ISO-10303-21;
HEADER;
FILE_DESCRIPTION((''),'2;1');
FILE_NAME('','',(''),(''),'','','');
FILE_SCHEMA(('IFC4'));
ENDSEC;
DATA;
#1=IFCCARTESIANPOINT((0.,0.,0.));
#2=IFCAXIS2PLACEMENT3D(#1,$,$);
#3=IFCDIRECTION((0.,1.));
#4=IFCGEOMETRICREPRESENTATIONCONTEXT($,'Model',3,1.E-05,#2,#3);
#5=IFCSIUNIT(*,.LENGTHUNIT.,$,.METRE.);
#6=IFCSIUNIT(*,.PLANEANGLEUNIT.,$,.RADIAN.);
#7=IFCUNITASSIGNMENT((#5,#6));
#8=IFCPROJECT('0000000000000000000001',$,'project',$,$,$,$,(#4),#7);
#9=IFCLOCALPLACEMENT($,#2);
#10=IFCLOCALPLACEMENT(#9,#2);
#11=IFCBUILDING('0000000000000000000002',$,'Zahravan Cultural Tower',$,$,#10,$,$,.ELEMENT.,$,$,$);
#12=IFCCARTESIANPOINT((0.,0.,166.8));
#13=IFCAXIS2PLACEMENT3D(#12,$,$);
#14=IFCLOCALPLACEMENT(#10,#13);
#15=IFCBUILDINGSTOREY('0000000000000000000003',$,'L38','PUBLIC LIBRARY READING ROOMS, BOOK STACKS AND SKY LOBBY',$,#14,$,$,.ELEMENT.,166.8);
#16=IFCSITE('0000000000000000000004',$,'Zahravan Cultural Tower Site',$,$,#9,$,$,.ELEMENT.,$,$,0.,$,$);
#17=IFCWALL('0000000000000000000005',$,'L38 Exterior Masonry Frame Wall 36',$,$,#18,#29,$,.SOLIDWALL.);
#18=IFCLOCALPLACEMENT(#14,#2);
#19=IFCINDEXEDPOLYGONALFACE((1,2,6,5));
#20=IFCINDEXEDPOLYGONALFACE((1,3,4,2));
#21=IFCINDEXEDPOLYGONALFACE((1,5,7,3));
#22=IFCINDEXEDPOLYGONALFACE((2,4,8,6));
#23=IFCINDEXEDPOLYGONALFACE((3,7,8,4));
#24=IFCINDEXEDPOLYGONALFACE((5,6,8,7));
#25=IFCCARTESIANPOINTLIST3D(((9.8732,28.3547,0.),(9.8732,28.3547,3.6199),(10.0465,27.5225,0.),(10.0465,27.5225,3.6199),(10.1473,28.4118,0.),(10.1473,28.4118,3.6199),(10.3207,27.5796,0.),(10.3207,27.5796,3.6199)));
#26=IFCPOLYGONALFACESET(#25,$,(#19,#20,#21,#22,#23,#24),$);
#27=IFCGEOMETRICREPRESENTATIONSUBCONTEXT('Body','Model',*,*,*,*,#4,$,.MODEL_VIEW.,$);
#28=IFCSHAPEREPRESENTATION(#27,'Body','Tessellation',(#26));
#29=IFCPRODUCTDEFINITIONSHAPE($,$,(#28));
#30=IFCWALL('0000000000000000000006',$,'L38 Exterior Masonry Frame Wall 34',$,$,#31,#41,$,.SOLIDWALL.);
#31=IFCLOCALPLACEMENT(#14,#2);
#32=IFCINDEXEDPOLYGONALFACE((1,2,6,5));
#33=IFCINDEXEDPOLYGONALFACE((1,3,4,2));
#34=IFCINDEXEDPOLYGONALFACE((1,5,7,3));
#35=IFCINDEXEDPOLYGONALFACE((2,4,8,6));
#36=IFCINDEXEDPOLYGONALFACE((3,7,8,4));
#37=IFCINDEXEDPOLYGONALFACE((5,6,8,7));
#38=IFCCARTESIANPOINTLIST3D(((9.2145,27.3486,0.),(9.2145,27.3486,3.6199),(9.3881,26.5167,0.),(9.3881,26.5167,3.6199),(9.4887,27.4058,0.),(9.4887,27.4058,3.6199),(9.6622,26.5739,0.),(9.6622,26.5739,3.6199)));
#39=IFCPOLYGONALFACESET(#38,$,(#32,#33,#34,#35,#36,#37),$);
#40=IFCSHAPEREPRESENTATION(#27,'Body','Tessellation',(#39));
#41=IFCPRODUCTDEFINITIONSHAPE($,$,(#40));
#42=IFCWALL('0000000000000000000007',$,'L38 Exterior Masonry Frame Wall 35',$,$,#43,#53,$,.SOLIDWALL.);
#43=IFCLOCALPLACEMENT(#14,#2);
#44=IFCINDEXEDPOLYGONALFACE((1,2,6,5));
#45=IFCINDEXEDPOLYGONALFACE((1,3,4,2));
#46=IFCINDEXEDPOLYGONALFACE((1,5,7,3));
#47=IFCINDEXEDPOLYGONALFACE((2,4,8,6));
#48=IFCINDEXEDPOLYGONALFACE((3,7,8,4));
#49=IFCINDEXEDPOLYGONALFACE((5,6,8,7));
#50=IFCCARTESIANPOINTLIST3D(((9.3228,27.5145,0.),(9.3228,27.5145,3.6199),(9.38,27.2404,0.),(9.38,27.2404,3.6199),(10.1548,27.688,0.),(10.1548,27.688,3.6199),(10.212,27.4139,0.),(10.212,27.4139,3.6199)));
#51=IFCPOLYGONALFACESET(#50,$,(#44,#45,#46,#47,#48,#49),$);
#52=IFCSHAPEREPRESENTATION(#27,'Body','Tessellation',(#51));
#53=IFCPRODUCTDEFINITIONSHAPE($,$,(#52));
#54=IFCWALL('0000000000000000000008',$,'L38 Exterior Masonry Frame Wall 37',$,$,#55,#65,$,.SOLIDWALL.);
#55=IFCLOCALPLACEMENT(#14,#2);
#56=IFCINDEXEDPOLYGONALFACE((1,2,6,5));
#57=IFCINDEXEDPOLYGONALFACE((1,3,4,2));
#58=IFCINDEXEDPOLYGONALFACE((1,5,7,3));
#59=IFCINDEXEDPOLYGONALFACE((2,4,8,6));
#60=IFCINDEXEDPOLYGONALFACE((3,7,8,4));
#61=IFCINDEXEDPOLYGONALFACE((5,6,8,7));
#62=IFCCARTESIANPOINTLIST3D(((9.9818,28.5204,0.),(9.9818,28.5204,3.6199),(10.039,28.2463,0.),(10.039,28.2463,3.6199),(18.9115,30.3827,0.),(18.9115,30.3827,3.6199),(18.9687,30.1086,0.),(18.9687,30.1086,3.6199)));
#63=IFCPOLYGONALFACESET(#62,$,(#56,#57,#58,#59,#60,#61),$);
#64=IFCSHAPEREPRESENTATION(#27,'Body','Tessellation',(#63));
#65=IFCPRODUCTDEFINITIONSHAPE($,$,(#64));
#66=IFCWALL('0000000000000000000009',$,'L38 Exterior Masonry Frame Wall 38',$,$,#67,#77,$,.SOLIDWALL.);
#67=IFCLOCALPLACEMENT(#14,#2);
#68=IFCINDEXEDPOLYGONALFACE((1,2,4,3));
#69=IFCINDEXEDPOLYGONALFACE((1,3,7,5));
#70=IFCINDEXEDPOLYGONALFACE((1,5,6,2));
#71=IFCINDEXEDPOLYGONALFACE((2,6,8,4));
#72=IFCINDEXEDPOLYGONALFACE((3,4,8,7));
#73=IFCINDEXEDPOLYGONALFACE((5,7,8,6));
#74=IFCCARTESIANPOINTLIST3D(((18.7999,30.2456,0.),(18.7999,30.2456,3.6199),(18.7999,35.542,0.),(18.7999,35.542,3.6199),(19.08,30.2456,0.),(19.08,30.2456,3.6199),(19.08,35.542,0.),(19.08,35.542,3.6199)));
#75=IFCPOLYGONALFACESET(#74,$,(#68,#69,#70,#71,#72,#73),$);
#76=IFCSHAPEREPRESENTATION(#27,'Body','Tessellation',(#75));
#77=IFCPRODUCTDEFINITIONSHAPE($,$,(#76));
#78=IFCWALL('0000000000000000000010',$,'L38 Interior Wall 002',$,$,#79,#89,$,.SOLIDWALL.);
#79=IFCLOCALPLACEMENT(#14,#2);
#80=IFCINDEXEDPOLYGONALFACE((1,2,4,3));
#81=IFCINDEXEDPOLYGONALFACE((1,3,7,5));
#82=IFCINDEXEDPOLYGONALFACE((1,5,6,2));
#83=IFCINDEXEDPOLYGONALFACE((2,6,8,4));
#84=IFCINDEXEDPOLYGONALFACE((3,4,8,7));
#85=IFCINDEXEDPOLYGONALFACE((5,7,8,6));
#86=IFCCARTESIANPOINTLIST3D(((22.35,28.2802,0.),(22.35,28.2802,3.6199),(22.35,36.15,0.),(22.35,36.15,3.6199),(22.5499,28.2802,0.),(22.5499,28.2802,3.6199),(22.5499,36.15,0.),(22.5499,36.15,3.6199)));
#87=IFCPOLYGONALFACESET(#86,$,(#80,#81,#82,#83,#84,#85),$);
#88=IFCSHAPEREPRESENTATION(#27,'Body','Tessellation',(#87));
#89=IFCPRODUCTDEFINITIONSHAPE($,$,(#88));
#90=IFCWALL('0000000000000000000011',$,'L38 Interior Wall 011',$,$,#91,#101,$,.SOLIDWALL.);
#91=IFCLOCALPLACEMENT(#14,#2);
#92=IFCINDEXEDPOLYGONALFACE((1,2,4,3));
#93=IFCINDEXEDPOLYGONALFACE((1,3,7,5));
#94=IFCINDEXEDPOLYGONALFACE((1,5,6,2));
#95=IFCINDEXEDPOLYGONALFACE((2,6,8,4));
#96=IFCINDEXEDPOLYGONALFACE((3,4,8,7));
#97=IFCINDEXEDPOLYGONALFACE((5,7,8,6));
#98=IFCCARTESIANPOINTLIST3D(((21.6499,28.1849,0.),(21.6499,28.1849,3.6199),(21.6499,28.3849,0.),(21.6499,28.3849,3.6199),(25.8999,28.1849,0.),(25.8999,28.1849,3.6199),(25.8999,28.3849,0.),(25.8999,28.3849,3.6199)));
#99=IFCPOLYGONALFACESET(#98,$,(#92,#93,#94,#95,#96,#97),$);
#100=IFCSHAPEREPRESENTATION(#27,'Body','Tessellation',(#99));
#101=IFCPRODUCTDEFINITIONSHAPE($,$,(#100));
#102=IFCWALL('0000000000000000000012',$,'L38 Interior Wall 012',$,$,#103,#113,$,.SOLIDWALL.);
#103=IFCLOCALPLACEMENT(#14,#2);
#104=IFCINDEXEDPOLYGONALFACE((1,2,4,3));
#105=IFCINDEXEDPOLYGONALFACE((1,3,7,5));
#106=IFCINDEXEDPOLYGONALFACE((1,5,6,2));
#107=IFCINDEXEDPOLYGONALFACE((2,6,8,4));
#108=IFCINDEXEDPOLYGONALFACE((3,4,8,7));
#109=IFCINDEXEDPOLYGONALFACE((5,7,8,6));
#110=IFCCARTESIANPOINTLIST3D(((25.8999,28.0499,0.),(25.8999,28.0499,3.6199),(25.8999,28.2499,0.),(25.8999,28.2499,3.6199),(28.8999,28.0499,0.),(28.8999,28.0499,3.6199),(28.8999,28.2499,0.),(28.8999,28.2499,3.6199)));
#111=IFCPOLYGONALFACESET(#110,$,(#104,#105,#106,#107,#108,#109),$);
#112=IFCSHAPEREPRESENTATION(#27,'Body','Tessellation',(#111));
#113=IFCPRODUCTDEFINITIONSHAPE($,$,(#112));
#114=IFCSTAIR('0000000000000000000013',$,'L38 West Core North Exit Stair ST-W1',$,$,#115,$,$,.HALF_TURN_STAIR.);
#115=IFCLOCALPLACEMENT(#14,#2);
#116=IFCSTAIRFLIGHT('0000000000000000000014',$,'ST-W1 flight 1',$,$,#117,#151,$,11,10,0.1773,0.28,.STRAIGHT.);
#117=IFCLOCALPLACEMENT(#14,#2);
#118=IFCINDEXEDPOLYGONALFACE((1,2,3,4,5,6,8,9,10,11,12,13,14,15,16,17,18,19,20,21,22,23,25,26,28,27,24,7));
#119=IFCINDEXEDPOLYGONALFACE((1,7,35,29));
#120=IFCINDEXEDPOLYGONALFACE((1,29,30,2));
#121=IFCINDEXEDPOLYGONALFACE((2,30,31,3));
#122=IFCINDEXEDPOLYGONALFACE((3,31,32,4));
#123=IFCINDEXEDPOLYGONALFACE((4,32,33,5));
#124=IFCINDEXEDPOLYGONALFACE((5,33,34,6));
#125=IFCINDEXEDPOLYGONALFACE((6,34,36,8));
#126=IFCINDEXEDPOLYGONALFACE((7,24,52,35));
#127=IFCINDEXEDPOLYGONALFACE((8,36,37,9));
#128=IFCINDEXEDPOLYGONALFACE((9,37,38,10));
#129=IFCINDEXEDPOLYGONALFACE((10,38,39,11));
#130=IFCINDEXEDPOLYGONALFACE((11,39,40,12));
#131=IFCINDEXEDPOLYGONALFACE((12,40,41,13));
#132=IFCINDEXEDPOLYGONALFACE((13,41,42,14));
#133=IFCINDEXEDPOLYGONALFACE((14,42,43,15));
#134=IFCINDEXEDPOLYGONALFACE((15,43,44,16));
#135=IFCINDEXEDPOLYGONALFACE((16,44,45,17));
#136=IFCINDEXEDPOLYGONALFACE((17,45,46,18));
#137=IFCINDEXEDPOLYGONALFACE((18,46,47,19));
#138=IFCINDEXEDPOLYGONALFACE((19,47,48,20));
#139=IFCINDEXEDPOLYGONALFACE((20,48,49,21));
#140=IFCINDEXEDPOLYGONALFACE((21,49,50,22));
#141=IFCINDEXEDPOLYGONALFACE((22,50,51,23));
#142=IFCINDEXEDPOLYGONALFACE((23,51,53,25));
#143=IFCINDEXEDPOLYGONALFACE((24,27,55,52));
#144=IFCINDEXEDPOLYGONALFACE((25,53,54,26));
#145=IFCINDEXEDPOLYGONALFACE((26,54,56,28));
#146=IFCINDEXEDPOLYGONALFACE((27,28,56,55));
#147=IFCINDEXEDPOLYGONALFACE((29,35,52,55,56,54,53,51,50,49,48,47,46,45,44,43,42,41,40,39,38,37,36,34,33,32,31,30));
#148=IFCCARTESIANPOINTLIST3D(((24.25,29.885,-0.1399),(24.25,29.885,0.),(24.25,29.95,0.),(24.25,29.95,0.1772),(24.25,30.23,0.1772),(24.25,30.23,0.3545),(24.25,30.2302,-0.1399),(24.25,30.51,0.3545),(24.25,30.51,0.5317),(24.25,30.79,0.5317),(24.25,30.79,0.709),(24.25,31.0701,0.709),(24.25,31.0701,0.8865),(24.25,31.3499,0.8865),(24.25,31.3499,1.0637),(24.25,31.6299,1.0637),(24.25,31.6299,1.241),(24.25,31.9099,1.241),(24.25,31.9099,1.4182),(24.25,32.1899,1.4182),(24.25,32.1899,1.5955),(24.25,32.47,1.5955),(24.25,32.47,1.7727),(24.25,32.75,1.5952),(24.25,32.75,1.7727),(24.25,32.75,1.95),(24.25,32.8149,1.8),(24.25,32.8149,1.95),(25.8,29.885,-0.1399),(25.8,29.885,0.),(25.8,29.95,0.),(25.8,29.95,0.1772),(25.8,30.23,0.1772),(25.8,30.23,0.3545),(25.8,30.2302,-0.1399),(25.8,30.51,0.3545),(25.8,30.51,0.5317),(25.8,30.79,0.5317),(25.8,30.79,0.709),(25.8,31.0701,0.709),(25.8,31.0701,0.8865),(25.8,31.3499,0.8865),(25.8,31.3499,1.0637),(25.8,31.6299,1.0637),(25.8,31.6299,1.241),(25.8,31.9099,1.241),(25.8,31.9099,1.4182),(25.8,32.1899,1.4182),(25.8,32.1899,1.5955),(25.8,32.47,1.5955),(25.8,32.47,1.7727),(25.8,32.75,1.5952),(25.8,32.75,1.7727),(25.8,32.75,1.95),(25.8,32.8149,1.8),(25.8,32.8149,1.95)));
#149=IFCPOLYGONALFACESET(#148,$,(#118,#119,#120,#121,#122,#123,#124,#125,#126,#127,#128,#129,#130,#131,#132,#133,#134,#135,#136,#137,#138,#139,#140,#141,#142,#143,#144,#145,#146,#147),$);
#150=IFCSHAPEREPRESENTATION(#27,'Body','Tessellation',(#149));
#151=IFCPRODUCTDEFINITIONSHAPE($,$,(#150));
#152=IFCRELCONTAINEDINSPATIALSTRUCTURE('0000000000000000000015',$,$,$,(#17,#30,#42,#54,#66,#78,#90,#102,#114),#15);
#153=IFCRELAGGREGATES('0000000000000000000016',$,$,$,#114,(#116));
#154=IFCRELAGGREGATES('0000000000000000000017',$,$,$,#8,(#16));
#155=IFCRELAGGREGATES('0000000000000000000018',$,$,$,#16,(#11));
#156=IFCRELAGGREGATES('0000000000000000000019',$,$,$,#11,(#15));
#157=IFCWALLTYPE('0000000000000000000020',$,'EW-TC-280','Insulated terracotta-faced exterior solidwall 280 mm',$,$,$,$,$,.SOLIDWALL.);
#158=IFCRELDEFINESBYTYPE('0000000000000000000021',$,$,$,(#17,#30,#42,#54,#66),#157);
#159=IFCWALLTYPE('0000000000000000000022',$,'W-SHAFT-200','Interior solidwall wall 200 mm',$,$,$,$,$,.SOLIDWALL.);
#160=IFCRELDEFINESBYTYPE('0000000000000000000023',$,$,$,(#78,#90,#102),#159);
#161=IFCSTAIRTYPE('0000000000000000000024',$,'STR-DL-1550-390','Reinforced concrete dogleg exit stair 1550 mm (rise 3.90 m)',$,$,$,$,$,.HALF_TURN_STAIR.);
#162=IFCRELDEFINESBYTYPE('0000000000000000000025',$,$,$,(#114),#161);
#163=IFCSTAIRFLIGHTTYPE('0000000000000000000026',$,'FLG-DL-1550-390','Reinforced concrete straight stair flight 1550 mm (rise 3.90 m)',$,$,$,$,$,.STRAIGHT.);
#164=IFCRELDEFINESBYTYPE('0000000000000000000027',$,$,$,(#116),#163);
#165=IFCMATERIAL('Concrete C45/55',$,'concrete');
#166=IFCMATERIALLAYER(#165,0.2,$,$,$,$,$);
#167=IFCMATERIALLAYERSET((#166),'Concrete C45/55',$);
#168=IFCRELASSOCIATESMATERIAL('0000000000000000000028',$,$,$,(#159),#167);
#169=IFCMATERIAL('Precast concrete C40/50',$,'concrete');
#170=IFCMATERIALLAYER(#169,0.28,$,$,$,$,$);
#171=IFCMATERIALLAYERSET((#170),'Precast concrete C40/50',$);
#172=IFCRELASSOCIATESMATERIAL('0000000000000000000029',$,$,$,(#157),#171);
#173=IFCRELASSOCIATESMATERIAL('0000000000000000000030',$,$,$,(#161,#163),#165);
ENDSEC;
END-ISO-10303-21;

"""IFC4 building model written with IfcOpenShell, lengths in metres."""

from ifc_helpers import new_model, si_unit, direction, frame, frame_2d, origin, place, context, subcontext, project, spatial, polyline, rectangle, outline, extrude, source, transform, mapped, material, layer, layer_set, type_object, element, aggregate, save


model = new_model("IFC4")

# Units and contexts
model_context = context("Model", 3, precision=1e-05, world=origin(), true_north=direction((0.0, 1.0)))
body_context = subcontext(model_context, "Body", "Model", "MODEL_VIEW")
ifc_project = project(units=[si_unit("LENGTHUNIT", "METRE"), si_unit("PLANEANGLEUNIT", "RADIAN")], contexts=[model_context])

# Site, building, storey
site_placement = place(None, origin())
site = spatial("IfcSite", under=ifc_project, at=site_placement, Name="Zahravan Cultural Tower Site", CompositionType="ELEMENT", RefElevation=0.0)
building_placement = place(site_placement, origin())
building = spatial("IfcBuilding", under=site, at=building_placement, Name="Zahravan Cultural Tower", CompositionType="ELEMENT")
storey_placement = place(building_placement, frame((0.0, 0.0, 166.8)))
storey = spatial("IfcBuildingStorey", under=building, at=storey_placement, Name="L38", Description="PUBLIC LIBRARY READING ROOMS, BOOK STACKS AND SKY LOBBY", CompositionType="ELEMENT", Elevation=166.8)

# Shared definitions
ifc_material_1 = material(Name="Concrete C45/55", Category="concrete")
ifc_layer_1 = layer(ifc_material_1, 0.2)
ifc_layer_set_1 = layer_set([ifc_layer_1], Name="Concrete C45/55")
wall_type_1 = type_object("IfcWallType", Name="W-SHAFT-200", Description="Interior solidwall wall 200 mm", PredefinedType="SOLIDWALL", material=ifc_layer_set_1)

# Walls
ifc_material_2 = material(Name="Precast concrete C40/50", Category="concrete")
ifc_layer_2 = layer(ifc_material_2, 0.28)
ifc_layer_set_2 = layer_set([ifc_layer_2], Name="Precast concrete C40/50")
wall_type_2 = type_object("IfcWallType", Name="EW-TC-280", Description="Insulated terracotta-faced exterior solidwall 280 mm", PredefinedType="SOLIDWALL", material=ifc_layer_set_2)
shared_shape_1 = source(origin(), body_context, "Body", "SweptSolid", [
    extrude(rectangle(XDim=0.8501, YDim=0.28, at=frame_2d((0.425, 0.0))), origin(), (0.0, 0.0, 1.0), 3.6199),
])
wall_1_placement = place(storey_placement, frame((10.1836, 27.551, 0.0), z_axis=(0.0, 0.0, 1.0), x_axis=(-0.203897, 0.978992, 0.0)))
element("IfcWall", 1, at=wall_1_placement, inside=storey, type_object=wall_type_2, Name="L38 Exterior Masonry Frame Wall 36", PredefinedType="SOLIDWALL", context=body_context, shape_type="MappedRepresentation", body=[
    mapped(shared_shape_1, transform((0.0, 0.0, 0.0), x_axis=(1.0, 0.0, 0.0), y_axis=(0.0, 1.0, 0.0), z_axis=(0.0, 0.0, 1.0), scale=1.0)),
])
shared_shape_2 = source(origin(), body_context, "Body", "SweptSolid", [
    extrude(rectangle(XDim=0.8499, YDim=0.28, at=frame_2d((0.4248, 0.0))), origin(), (0.0, 0.0, 1.0), 3.6199),
])
for number, where, z_axis, x_axis, name in (
    (2, (9.5251, 26.5454, 0.0), (0.0, 0.0, 1.0), (-0.20423, 0.978923, 0.0), "L38 Exterior Masonry Frame Wall 34"),
    (3, (9.3516, 27.3774, 0.0), (0.0, 0.0, 1.0), (0.978923, 0.20423, 0.0), "L38 Exterior Masonry Frame Wall 35"),
):
    element("IfcWall", number, at=place(storey_placement, frame(where, z_axis=z_axis, x_axis=x_axis)), inside=storey, type_object=wall_type_2, Name=name, PredefinedType="SOLIDWALL", context=body_context, shape_type="MappedRepresentation", body=[
        mapped(shared_shape_2, transform((0.0, 0.0, 0.0), x_axis=(1.0, 0.0, 0.0), y_axis=(0.0, 1.0, 0.0), z_axis=(0.0, 0.0, 1.0), scale=1.0)),
    ])
shared_shape_3 = source(origin(), body_context, "Body", "SweptSolid", [
    extrude(rectangle(XDim=9.1218, YDim=0.28, at=frame_2d((4.561, 0.0))), origin(), (0.0, 0.0, 1.0), 3.6199),
])
wall_2_placement = place(storey_placement, frame((10.0103, 28.3833, 0.0), z_axis=(0.0, 0.0, 1.0), x_axis=(0.978938, 0.204159, 0.0)))
element("IfcWall", 4, at=wall_2_placement, inside=storey, type_object=wall_type_2, Name="L38 Exterior Masonry Frame Wall 37", PredefinedType="SOLIDWALL", context=body_context, shape_type="MappedRepresentation", body=[
    mapped(shared_shape_3, transform((0.0, 0.0, 0.0), x_axis=(1.0, 0.0, 0.0), y_axis=(0.0, 1.0, 0.0), z_axis=(0.0, 0.0, 1.0), scale=1.0)),
])
shared_shape_4 = source(origin(), body_context, "Body", "SweptSolid", [
    extrude(rectangle(XDim=5.2964, YDim=0.28, at=frame_2d((2.6482, 0.0))), origin(), (0.0, 0.0, 1.0), 3.6199),
])
wall_3_placement = place(storey_placement, frame((18.9399, 30.2456, 0.0), z_axis=(0.0, 0.0, 1.0), x_axis=(0.0, 1.0, 0.0)))
element("IfcWall", 5, at=wall_3_placement, inside=storey, type_object=wall_type_2, Name="L38 Exterior Masonry Frame Wall 38", PredefinedType="SOLIDWALL", context=body_context, shape_type="MappedRepresentation", body=[
    mapped(shared_shape_4, transform((0.0, 0.0, 0.0), x_axis=(1.0, 0.0, 0.0), y_axis=(0.0, 1.0, 0.0), z_axis=(0.0, 0.0, 1.0), scale=1.0)),
])
shared_shape_5 = source(origin(), body_context, "Body", "SweptSolid", [
    extrude(rectangle(XDim=7.8699, YDim=0.2, at=frame_2d((3.9351, 0.0))), origin(), (0.0, 0.0, 1.0), 3.6199),
])
wall_4_placement = place(storey_placement, frame((22.45, 28.28, 0.0), z_axis=(0.0, 0.0, 1.0), x_axis=(0.0, 1.0, 0.0)))
element("IfcWall", 6, at=wall_4_placement, inside=storey, type_object=wall_type_1, Name="L38 Interior Wall 002", PredefinedType="SOLIDWALL", context=body_context, shape_type="MappedRepresentation", body=[
    mapped(shared_shape_5, transform((0.0, 0.0, 0.0), x_axis=(1.0, 0.0, 0.0), y_axis=(0.0, 1.0, 0.0), z_axis=(0.0, 0.0, 1.0), scale=1.0)),
])
shared_shape_6 = source(origin(), body_context, "Body", "SweptSolid", [
    extrude(rectangle(XDim=4.25, YDim=0.2, at=frame_2d((2.125, 0.0))), origin(), (0.0, 0.0, 1.0), 3.6199),
])
wall_5_placement = place(storey_placement, frame((21.6499, 28.2849, 0.0), z_axis=(0.0, 0.0, 1.0), x_axis=(1.0, 0.0, 0.0)))
element("IfcWall", 7, at=wall_5_placement, inside=storey, type_object=wall_type_1, Name="L38 Interior Wall 011", PredefinedType="SOLIDWALL", context=body_context, shape_type="MappedRepresentation", body=[
    mapped(shared_shape_6, transform((0.0, 0.0, 0.0), x_axis=(1.0, 0.0, 0.0), y_axis=(0.0, 1.0, 0.0), z_axis=(0.0, 0.0, 1.0), scale=1.0)),
])
shared_shape_7 = source(origin(), body_context, "Body", "SweptSolid", [
    extrude(rectangle(XDim=3.0, YDim=0.2, at=frame_2d((1.5, 0.0))), origin(), (0.0, 0.0, 1.0), 3.6199),
])
wall_6_placement = place(storey_placement, frame((25.8999, 28.1499, 0.0), z_axis=(0.0, 0.0, 1.0), x_axis=(1.0, 0.0, 0.0)))
element("IfcWall", 8, at=wall_6_placement, inside=storey, type_object=wall_type_1, Name="L38 Interior Wall 012", PredefinedType="SOLIDWALL", context=body_context, shape_type="MappedRepresentation", body=[
    mapped(shared_shape_7, transform((0.0, 0.0, 0.0), x_axis=(1.0, 0.0, 0.0), y_axis=(0.0, 1.0, 0.0), z_axis=(0.0, 0.0, 1.0), scale=1.0)),
])

# Stair, stair flight
stair_type = type_object("IfcStairType", Name="STR-DL-1550-390", Description="Reinforced concrete dogleg exit stair 1550 mm (rise 3.90 m)", PredefinedType="HALF_TURN_STAIR", material=ifc_material_1)
stair_placement = place(storey_placement, origin())
stair = element("IfcStair", 9, at=stair_placement, inside=storey, type_object=stair_type, Name="L38 West Core North Exit Stair ST-W1", PredefinedType="HALF_TURN_STAIR")
stair_flight_type = type_object("IfcStairFlightType", Name="FLG-DL-1550-390", Description="Reinforced concrete straight stair flight 1550 mm (rise 3.90 m)", PredefinedType="STRAIGHT", material=ifc_material_1)
stair_flight_1_placement = place(storey_placement, frame((25.0249, 29.95, 0.0), z_axis=(0.0, 0.0, 1.0), x_axis=(0.0, 1.0, 0.0)))
stair_flight_1 = element("IfcStairFlight", 10, at=stair_flight_1_placement, type_object=stair_flight_type, Name="ST-W1 flight 1", NumberOfRisers=11, NumberOfTreads=10, PredefinedType="STRAIGHT", RiserHeight=0.1773, TreadLength=0.28, context=body_context, shape_type="SweptSolid", body=[
    extrude(outline(polyline([(-0.0649, -0.1399), (-0.0649, 0.0), (0.0, 0.0), (0.0, 0.1772), (0.28, 0.1772), (0.28, 0.3545), (0.5601, 0.3545), (0.5601, 0.5317), (0.8401, 0.5317), (0.8401, 0.709), (1.1201, 0.709), (1.1201, 0.8865), (1.3999, 0.8865), (1.3999, 1.0637), (1.6799, 1.0637), (1.6799, 1.241), (1.96, 1.241), (1.96, 1.4182), (2.24, 1.4182), (2.24, 1.5955), (2.52, 1.5955), (2.52, 1.7727), (2.8, 1.7727), (2.8, 1.95), (2.865, 1.95), (2.865, 1.8), (2.8, 1.5952), (0.2803, -0.1399), (-0.0649, -0.1399)])), frame((0.0, 0.7749, 0.0), z_axis=(0.0, -1.0, 0.0), x_axis=(1.0, 0.0, 0.0)), (0.0, 0.0, 1.0), 1.55),
])
aggregate(stair, [stair_flight_1])

save(model, "model.ifc")
